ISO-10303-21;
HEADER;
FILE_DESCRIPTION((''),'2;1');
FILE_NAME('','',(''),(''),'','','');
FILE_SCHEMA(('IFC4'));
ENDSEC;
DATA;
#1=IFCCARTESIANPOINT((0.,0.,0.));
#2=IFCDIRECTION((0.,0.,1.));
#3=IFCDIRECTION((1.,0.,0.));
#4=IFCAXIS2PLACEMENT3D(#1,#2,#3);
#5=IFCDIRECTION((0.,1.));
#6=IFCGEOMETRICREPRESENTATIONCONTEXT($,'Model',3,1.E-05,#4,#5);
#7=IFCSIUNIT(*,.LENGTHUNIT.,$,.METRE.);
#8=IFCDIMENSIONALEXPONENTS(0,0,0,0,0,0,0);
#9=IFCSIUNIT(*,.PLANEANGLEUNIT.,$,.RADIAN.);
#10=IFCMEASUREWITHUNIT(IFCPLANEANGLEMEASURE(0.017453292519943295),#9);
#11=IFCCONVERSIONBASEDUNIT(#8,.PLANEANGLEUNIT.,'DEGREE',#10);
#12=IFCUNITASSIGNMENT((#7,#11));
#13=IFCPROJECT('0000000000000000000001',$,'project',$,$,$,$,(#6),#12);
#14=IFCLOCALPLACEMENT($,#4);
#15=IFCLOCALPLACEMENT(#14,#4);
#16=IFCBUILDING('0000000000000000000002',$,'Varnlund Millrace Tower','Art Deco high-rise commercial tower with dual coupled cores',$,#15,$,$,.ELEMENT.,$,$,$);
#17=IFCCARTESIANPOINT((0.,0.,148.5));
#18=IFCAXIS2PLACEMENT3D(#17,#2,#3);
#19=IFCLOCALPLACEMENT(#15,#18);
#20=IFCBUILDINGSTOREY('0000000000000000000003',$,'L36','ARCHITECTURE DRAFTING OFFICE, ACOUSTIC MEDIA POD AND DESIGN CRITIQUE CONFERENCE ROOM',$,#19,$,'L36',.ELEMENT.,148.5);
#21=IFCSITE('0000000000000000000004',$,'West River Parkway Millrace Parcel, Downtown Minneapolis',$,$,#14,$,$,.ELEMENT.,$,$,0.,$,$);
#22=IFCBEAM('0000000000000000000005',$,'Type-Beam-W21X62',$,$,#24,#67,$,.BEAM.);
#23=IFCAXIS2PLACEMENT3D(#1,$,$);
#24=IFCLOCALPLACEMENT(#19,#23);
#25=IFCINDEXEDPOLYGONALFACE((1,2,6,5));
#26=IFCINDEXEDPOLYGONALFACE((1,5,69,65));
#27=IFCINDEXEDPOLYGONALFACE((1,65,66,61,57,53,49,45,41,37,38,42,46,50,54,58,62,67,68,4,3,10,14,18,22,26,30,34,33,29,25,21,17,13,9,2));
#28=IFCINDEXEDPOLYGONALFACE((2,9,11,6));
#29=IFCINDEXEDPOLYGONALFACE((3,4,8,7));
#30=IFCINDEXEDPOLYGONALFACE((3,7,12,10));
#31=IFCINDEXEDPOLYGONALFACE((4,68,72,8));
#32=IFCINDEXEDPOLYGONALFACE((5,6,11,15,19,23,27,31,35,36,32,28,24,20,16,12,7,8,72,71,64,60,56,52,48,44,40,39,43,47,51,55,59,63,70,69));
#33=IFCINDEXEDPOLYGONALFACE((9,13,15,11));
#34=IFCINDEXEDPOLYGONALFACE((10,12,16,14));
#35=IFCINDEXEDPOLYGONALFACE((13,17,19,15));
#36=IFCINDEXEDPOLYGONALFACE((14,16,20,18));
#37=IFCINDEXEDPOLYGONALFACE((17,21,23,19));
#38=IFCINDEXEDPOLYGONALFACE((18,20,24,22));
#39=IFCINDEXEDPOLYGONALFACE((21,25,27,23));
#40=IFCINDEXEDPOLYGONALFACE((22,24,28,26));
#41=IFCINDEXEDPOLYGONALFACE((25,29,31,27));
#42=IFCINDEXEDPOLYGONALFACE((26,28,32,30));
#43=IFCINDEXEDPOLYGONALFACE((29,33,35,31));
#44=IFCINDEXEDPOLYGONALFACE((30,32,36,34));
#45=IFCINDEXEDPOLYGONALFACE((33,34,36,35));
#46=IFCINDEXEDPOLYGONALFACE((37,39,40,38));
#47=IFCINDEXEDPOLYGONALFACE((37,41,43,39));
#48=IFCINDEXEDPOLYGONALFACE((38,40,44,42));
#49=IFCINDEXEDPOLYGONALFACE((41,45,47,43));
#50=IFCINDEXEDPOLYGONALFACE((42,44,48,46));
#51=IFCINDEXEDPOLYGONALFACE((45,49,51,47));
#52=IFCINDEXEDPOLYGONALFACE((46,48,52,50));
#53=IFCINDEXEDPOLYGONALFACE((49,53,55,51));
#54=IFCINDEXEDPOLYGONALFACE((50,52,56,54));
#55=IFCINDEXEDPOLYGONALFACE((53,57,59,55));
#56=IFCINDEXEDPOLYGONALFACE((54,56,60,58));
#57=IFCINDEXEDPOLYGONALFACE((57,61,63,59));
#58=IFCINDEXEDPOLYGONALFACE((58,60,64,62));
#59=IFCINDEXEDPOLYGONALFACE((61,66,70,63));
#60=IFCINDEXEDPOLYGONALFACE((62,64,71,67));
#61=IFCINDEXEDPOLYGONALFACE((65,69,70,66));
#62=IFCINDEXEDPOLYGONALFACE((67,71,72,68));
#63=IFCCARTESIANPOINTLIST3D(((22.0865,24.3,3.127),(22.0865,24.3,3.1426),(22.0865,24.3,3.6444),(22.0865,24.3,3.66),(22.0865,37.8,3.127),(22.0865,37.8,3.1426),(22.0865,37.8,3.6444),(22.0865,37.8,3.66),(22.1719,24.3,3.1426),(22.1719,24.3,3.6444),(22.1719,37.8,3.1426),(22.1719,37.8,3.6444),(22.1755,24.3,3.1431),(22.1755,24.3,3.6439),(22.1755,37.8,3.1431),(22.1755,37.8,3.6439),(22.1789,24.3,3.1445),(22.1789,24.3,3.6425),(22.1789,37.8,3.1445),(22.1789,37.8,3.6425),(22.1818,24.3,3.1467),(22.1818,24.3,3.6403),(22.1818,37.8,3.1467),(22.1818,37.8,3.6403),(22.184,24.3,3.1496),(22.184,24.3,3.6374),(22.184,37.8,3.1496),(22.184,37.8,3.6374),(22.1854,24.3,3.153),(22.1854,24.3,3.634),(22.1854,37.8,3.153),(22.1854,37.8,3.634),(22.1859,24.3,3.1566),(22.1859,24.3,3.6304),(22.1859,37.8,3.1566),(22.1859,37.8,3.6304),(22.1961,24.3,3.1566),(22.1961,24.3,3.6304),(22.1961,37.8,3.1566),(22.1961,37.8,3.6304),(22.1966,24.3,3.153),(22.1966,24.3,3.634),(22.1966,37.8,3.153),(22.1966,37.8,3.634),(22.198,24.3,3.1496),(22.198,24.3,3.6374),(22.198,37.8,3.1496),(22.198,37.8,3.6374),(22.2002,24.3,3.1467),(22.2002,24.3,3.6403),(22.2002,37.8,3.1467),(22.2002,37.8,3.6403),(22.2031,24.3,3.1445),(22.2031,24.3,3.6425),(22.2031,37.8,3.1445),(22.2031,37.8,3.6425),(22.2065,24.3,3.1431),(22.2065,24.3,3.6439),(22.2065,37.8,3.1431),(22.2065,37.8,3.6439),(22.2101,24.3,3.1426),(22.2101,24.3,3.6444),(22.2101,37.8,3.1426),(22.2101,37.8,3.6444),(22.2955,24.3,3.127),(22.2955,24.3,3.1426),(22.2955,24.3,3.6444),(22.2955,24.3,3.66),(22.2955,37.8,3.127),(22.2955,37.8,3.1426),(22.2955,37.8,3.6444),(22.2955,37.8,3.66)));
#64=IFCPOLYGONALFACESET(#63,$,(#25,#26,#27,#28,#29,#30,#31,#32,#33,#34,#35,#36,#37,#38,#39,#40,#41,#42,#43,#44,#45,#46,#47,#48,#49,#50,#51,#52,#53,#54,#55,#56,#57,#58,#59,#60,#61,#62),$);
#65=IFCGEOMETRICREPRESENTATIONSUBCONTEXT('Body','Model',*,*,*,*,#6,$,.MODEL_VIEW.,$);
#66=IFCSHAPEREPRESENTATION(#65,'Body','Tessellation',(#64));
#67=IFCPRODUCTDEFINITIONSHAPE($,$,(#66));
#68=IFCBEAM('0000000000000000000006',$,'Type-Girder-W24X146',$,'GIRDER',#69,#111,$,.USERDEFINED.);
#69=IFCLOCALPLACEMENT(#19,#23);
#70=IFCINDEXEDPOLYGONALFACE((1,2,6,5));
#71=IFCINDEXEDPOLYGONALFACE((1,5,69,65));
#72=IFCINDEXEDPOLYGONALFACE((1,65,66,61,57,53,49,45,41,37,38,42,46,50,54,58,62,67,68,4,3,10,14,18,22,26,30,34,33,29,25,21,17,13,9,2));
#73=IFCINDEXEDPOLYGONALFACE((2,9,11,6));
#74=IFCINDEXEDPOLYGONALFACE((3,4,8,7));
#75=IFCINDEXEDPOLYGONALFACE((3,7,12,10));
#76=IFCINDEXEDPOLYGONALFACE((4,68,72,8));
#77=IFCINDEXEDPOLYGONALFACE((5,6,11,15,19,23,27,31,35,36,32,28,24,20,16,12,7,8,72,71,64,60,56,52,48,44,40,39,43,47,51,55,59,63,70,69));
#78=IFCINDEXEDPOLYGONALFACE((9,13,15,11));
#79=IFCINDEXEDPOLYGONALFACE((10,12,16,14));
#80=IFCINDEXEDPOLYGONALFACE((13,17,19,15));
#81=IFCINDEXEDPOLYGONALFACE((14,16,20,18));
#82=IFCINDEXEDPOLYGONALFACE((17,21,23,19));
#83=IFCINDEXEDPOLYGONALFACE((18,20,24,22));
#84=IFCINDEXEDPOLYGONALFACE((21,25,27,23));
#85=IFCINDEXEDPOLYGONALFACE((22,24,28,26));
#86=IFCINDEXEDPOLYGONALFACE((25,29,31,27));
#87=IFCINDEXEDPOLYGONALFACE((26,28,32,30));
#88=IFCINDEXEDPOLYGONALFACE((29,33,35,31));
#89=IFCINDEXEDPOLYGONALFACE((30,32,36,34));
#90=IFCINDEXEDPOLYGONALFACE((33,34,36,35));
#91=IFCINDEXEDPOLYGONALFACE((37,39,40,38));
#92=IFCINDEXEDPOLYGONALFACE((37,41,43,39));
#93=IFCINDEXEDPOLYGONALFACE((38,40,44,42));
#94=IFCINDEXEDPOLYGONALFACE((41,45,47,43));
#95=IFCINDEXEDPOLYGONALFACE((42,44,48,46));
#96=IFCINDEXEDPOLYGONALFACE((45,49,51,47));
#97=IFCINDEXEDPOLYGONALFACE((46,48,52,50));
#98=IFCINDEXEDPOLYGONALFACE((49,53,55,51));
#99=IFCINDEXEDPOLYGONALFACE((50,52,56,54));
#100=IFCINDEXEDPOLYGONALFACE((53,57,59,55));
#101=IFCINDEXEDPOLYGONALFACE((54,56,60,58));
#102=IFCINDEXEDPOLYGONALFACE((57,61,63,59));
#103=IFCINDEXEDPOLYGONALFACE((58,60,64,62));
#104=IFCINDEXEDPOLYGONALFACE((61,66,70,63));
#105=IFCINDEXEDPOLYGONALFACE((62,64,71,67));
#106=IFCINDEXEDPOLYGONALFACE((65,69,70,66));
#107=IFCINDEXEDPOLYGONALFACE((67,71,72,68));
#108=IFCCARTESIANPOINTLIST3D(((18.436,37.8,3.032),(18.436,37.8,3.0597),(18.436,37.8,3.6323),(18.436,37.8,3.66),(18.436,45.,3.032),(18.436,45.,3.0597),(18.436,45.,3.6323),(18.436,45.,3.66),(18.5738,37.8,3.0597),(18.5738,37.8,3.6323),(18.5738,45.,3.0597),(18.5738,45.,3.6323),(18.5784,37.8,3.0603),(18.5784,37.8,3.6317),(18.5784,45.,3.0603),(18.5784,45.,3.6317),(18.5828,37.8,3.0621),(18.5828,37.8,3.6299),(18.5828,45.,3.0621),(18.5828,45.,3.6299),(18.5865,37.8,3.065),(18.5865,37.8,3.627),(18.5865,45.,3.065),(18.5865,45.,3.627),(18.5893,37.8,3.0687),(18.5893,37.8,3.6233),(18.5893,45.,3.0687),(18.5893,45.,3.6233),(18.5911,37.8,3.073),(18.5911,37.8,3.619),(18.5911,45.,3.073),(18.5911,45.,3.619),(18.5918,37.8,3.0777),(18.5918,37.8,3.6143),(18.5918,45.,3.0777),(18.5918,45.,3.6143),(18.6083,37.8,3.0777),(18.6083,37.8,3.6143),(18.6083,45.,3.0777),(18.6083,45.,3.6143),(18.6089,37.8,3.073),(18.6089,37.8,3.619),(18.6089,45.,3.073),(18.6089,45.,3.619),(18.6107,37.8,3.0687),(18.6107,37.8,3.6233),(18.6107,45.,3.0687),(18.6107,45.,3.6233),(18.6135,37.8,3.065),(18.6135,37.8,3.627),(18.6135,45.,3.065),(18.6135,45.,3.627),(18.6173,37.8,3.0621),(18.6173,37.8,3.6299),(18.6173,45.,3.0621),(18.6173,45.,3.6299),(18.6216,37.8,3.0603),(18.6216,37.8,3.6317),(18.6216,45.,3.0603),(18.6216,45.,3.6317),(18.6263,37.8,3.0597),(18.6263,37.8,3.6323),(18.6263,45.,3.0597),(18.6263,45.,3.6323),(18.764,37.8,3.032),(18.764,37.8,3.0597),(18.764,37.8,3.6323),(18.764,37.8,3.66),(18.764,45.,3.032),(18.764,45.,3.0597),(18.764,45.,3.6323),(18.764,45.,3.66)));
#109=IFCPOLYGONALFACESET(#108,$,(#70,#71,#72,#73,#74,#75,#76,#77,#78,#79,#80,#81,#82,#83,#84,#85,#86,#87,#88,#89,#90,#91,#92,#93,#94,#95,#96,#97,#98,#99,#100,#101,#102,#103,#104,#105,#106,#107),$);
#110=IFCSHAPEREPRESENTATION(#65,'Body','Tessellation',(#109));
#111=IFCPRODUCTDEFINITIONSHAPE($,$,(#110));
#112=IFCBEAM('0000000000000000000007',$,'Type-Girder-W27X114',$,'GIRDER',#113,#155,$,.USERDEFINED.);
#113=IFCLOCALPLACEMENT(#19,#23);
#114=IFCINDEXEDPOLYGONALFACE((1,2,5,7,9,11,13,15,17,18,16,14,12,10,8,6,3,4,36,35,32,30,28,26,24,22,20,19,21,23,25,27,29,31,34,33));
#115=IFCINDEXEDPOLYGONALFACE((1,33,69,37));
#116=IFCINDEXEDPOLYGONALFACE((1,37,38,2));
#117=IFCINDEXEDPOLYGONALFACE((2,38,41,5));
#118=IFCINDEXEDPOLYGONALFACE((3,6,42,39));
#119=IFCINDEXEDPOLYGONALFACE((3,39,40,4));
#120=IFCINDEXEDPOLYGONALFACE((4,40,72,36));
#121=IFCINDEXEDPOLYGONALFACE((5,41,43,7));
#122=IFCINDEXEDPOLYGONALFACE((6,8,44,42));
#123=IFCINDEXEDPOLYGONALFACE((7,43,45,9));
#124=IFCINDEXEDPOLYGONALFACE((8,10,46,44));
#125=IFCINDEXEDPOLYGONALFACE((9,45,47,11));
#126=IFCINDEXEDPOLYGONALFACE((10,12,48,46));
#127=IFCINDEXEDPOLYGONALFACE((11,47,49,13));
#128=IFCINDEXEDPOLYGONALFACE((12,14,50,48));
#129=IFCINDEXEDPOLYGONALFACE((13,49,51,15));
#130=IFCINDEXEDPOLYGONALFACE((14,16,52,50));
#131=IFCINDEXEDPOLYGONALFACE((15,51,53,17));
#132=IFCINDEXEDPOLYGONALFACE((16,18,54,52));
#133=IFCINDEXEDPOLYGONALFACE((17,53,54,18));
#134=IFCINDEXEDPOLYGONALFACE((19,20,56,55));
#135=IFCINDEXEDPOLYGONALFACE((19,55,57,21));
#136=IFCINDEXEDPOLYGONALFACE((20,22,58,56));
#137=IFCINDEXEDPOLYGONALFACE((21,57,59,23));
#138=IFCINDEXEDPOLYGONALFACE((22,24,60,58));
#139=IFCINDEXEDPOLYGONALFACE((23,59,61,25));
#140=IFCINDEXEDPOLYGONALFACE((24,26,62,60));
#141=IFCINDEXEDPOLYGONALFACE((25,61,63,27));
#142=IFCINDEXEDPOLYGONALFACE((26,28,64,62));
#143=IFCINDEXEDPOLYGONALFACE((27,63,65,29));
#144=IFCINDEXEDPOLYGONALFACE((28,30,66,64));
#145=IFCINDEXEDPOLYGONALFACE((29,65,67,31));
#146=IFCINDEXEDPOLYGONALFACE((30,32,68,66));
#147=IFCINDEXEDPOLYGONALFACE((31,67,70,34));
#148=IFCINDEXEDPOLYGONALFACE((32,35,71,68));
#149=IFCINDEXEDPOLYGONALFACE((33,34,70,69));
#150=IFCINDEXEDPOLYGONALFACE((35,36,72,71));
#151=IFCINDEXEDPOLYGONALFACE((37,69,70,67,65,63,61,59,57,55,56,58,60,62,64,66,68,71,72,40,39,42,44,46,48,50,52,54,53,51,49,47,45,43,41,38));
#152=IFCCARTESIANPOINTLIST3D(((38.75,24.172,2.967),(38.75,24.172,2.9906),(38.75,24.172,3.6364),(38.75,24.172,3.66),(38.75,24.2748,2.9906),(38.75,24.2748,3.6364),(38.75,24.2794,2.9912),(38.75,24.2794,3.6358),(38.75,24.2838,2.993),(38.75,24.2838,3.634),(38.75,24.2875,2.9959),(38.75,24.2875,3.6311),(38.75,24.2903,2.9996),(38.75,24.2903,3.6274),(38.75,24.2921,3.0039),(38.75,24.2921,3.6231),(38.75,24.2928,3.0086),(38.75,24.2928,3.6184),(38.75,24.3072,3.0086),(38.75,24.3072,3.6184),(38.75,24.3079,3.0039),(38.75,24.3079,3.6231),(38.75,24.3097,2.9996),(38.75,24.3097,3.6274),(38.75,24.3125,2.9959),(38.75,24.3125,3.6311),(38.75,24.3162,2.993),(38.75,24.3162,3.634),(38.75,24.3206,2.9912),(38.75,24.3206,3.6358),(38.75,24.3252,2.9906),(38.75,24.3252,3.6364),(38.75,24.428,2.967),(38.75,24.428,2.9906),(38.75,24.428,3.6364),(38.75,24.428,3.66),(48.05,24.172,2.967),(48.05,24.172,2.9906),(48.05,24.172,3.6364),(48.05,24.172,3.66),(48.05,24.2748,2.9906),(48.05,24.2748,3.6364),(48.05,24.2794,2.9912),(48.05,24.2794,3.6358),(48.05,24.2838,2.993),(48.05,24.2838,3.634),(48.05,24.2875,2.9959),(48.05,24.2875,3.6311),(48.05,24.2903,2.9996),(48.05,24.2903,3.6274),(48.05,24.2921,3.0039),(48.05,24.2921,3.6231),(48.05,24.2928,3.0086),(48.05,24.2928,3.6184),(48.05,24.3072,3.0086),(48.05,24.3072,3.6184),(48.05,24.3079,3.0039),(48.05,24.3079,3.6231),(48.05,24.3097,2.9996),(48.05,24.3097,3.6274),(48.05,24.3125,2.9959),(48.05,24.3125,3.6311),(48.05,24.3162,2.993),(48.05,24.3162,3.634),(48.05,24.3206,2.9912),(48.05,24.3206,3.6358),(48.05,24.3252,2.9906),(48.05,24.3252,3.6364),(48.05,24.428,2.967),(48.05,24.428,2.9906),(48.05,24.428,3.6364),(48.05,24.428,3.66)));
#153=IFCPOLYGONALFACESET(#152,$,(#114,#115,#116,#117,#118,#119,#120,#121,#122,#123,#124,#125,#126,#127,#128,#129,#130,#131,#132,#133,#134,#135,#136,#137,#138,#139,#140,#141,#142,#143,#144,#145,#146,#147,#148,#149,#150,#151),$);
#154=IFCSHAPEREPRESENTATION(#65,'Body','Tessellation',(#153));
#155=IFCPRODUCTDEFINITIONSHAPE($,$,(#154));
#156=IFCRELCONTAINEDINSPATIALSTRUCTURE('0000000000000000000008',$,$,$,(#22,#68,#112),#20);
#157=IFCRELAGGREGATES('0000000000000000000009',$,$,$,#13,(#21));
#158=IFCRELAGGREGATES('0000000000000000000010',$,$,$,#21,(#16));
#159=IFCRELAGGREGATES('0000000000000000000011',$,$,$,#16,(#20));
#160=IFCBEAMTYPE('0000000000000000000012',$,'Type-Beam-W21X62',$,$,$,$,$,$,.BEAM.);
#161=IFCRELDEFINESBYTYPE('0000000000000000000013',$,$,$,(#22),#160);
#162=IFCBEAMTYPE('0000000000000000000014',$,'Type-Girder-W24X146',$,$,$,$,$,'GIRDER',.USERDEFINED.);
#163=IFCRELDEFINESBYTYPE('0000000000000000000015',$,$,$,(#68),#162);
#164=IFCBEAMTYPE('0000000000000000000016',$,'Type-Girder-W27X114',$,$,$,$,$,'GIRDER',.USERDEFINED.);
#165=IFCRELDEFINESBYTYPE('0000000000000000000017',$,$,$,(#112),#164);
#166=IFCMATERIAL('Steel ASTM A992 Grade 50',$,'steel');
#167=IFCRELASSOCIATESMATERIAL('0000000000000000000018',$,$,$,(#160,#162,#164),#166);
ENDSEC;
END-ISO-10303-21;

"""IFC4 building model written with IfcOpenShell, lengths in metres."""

from ifc_helpers import new_model, entity, si_unit, converted_unit, direction, frame, origin_with_axes, origin_2d_with_axis, place, context, subcontext, project, spatial, i_section, extrude, material, material_profile, profile_set, type_object, element, save


model = new_model("IFC4")

# Units and contexts
model_context = context("Model", 3, precision=1e-05, world=origin_with_axes(), true_north=direction((0.0, 1.0)))
body_context = subcontext(model_context, "Body", "Model", "MODEL_VIEW")
ifc_project = project(units=[si_unit("LENGTHUNIT", "METRE"), converted_unit("PLANEANGLEUNIT", "DEGREE", entity("IfcPlaneAngleMeasure", 0.017453292519943295), si_unit("PLANEANGLEUNIT", "RADIAN"), dimensions=[0, 0, 0, 0, 0, 0, 0])], contexts=[model_context])

# Site, building, storey
site_placement = place(None, origin_with_axes())
site = spatial("IfcSite", under=ifc_project, at=site_placement, Name="West River Parkway Millrace Parcel, Downtown Minneapolis", CompositionType="ELEMENT", RefElevation=0.0)
building_placement = place(site_placement, origin_with_axes())
building = spatial("IfcBuilding", under=site, at=building_placement, Name="Varnlund Millrace Tower", Description="Art Deco high-rise commercial tower with dual coupled cores", CompositionType="ELEMENT")
storey_placement = place(building_placement, frame((0.0, 0.0, 148.5), z_axis=(0.0, 0.0, 1.0), x_axis=(1.0, 0.0, 0.0)))
storey = spatial("IfcBuildingStorey", under=building, at=storey_placement, Name="L36", Description="ARCHITECTURE DRAFTING OFFICE, ACOUSTIC MEDIA POD AND DESIGN CRITIQUE CONFERENCE ROOM", LongName="L36", CompositionType="ELEMENT", Elevation=148.5)

# Beams
ifc_material_1 = material(Name="Steel ASTM A992 Grade 50", Category="steel")
ifc_material_profile_1 = material_profile(ifc_material_1, i_section(OverallWidth=0.209, OverallDepth=0.533, WebThickness=0.0102, FlangeThickness=0.0156, FilletRadius=0.014, at=origin_2d_with_axis()), Name="Steel ASTM A992 Grade 50")
ifc_profile_set_1 = profile_set([ifc_material_profile_1], Name="Steel ASTM A992 Grade 50")
beam_type_1 = type_object("IfcBeamType", Name="Type-Beam-W21X62", PredefinedType="BEAM", material=ifc_profile_set_1)
beam_1_placement = place(storey_placement, frame((22.191, 24.3, 3.3935), z_axis=(0.0, 1.0, 0.0), x_axis=(-1.0, 0.0, 0.0)))
element("IfcBeam", 1, at=beam_1_placement, inside=storey, type_object=beam_type_1, Name="Type-Beam-W21X62", PredefinedType="BEAM", context=body_context, shape_type="SweptSolid", body=[
    extrude(i_section(OverallWidth=0.209, OverallDepth=0.533, WebThickness=0.0102, FlangeThickness=0.0156, FilletRadius=0.014, at=origin_2d_with_axis()), origin_with_axes(), (0.0, 0.0, 1.0), 13.5),
])
ifc_material_profile_2 = material_profile(ifc_material_1, i_section(OverallWidth=0.328, OverallDepth=0.628, WebThickness=0.0165, FlangeThickness=0.0277, FilletRadius=0.018, at=origin_2d_with_axis()), Name="Steel ASTM A992 Grade 50")
ifc_profile_set_2 = profile_set([ifc_material_profile_2], Name="Steel ASTM A992 Grade 50")
beam_type_2 = type_object("IfcBeamType", Name="Type-Girder-W24X146", ElementType="GIRDER", PredefinedType="USERDEFINED", material=ifc_profile_set_2)
beam_2_placement = place(storey_placement, frame((18.6, 37.8, 3.346), z_axis=(0.0, 1.0, 0.0), x_axis=(-1.0, 0.0, 0.0)))
element("IfcBeam", 2, at=beam_2_placement, inside=storey, type_object=beam_type_2, Name="Type-Girder-W24X146", ObjectType="GIRDER", PredefinedType="USERDEFINED", context=body_context, shape_type="SweptSolid", body=[
    extrude(i_section(OverallWidth=0.328, OverallDepth=0.628, WebThickness=0.0165, FlangeThickness=0.0277, FilletRadius=0.018, at=origin_2d_with_axis()), origin_with_axes(), (0.0, 0.0, 1.0), 7.2),
])
ifc_material_profile_3 = material_profile(ifc_material_1, i_section(OverallWidth=0.256, OverallDepth=0.693, WebThickness=0.0145, FlangeThickness=0.0236, FilletRadius=0.018, at=origin_2d_with_axis()), Name="Steel ASTM A992 Grade 50")
ifc_profile_set_3 = profile_set([ifc_material_profile_3], Name="Steel ASTM A992 Grade 50")
beam_type_3 = type_object("IfcBeamType", Name="Type-Girder-W27X114", ElementType="GIRDER", PredefinedType="USERDEFINED", material=ifc_profile_set_3)
beam_3_placement = place(storey_placement, frame((38.75, 24.3, 3.3135), z_axis=(1.0, 0.0, 0.0), x_axis=(0.0, 1.0, 0.0)))
element("IfcBeam", 3, at=beam_3_placement, inside=storey, type_object=beam_type_3, Name="Type-Girder-W27X114", ObjectType="GIRDER", PredefinedType="USERDEFINED", context=body_context, shape_type="SweptSolid", body=[
    extrude(i_section(OverallWidth=0.256, OverallDepth=0.693, WebThickness=0.0145, FlangeThickness=0.0236, FilletRadius=0.018, at=origin_2d_with_axis()), origin_with_axes(), (0.0, 0.0, 1.0), 9.3),
])

save(model, "model.ifc")
